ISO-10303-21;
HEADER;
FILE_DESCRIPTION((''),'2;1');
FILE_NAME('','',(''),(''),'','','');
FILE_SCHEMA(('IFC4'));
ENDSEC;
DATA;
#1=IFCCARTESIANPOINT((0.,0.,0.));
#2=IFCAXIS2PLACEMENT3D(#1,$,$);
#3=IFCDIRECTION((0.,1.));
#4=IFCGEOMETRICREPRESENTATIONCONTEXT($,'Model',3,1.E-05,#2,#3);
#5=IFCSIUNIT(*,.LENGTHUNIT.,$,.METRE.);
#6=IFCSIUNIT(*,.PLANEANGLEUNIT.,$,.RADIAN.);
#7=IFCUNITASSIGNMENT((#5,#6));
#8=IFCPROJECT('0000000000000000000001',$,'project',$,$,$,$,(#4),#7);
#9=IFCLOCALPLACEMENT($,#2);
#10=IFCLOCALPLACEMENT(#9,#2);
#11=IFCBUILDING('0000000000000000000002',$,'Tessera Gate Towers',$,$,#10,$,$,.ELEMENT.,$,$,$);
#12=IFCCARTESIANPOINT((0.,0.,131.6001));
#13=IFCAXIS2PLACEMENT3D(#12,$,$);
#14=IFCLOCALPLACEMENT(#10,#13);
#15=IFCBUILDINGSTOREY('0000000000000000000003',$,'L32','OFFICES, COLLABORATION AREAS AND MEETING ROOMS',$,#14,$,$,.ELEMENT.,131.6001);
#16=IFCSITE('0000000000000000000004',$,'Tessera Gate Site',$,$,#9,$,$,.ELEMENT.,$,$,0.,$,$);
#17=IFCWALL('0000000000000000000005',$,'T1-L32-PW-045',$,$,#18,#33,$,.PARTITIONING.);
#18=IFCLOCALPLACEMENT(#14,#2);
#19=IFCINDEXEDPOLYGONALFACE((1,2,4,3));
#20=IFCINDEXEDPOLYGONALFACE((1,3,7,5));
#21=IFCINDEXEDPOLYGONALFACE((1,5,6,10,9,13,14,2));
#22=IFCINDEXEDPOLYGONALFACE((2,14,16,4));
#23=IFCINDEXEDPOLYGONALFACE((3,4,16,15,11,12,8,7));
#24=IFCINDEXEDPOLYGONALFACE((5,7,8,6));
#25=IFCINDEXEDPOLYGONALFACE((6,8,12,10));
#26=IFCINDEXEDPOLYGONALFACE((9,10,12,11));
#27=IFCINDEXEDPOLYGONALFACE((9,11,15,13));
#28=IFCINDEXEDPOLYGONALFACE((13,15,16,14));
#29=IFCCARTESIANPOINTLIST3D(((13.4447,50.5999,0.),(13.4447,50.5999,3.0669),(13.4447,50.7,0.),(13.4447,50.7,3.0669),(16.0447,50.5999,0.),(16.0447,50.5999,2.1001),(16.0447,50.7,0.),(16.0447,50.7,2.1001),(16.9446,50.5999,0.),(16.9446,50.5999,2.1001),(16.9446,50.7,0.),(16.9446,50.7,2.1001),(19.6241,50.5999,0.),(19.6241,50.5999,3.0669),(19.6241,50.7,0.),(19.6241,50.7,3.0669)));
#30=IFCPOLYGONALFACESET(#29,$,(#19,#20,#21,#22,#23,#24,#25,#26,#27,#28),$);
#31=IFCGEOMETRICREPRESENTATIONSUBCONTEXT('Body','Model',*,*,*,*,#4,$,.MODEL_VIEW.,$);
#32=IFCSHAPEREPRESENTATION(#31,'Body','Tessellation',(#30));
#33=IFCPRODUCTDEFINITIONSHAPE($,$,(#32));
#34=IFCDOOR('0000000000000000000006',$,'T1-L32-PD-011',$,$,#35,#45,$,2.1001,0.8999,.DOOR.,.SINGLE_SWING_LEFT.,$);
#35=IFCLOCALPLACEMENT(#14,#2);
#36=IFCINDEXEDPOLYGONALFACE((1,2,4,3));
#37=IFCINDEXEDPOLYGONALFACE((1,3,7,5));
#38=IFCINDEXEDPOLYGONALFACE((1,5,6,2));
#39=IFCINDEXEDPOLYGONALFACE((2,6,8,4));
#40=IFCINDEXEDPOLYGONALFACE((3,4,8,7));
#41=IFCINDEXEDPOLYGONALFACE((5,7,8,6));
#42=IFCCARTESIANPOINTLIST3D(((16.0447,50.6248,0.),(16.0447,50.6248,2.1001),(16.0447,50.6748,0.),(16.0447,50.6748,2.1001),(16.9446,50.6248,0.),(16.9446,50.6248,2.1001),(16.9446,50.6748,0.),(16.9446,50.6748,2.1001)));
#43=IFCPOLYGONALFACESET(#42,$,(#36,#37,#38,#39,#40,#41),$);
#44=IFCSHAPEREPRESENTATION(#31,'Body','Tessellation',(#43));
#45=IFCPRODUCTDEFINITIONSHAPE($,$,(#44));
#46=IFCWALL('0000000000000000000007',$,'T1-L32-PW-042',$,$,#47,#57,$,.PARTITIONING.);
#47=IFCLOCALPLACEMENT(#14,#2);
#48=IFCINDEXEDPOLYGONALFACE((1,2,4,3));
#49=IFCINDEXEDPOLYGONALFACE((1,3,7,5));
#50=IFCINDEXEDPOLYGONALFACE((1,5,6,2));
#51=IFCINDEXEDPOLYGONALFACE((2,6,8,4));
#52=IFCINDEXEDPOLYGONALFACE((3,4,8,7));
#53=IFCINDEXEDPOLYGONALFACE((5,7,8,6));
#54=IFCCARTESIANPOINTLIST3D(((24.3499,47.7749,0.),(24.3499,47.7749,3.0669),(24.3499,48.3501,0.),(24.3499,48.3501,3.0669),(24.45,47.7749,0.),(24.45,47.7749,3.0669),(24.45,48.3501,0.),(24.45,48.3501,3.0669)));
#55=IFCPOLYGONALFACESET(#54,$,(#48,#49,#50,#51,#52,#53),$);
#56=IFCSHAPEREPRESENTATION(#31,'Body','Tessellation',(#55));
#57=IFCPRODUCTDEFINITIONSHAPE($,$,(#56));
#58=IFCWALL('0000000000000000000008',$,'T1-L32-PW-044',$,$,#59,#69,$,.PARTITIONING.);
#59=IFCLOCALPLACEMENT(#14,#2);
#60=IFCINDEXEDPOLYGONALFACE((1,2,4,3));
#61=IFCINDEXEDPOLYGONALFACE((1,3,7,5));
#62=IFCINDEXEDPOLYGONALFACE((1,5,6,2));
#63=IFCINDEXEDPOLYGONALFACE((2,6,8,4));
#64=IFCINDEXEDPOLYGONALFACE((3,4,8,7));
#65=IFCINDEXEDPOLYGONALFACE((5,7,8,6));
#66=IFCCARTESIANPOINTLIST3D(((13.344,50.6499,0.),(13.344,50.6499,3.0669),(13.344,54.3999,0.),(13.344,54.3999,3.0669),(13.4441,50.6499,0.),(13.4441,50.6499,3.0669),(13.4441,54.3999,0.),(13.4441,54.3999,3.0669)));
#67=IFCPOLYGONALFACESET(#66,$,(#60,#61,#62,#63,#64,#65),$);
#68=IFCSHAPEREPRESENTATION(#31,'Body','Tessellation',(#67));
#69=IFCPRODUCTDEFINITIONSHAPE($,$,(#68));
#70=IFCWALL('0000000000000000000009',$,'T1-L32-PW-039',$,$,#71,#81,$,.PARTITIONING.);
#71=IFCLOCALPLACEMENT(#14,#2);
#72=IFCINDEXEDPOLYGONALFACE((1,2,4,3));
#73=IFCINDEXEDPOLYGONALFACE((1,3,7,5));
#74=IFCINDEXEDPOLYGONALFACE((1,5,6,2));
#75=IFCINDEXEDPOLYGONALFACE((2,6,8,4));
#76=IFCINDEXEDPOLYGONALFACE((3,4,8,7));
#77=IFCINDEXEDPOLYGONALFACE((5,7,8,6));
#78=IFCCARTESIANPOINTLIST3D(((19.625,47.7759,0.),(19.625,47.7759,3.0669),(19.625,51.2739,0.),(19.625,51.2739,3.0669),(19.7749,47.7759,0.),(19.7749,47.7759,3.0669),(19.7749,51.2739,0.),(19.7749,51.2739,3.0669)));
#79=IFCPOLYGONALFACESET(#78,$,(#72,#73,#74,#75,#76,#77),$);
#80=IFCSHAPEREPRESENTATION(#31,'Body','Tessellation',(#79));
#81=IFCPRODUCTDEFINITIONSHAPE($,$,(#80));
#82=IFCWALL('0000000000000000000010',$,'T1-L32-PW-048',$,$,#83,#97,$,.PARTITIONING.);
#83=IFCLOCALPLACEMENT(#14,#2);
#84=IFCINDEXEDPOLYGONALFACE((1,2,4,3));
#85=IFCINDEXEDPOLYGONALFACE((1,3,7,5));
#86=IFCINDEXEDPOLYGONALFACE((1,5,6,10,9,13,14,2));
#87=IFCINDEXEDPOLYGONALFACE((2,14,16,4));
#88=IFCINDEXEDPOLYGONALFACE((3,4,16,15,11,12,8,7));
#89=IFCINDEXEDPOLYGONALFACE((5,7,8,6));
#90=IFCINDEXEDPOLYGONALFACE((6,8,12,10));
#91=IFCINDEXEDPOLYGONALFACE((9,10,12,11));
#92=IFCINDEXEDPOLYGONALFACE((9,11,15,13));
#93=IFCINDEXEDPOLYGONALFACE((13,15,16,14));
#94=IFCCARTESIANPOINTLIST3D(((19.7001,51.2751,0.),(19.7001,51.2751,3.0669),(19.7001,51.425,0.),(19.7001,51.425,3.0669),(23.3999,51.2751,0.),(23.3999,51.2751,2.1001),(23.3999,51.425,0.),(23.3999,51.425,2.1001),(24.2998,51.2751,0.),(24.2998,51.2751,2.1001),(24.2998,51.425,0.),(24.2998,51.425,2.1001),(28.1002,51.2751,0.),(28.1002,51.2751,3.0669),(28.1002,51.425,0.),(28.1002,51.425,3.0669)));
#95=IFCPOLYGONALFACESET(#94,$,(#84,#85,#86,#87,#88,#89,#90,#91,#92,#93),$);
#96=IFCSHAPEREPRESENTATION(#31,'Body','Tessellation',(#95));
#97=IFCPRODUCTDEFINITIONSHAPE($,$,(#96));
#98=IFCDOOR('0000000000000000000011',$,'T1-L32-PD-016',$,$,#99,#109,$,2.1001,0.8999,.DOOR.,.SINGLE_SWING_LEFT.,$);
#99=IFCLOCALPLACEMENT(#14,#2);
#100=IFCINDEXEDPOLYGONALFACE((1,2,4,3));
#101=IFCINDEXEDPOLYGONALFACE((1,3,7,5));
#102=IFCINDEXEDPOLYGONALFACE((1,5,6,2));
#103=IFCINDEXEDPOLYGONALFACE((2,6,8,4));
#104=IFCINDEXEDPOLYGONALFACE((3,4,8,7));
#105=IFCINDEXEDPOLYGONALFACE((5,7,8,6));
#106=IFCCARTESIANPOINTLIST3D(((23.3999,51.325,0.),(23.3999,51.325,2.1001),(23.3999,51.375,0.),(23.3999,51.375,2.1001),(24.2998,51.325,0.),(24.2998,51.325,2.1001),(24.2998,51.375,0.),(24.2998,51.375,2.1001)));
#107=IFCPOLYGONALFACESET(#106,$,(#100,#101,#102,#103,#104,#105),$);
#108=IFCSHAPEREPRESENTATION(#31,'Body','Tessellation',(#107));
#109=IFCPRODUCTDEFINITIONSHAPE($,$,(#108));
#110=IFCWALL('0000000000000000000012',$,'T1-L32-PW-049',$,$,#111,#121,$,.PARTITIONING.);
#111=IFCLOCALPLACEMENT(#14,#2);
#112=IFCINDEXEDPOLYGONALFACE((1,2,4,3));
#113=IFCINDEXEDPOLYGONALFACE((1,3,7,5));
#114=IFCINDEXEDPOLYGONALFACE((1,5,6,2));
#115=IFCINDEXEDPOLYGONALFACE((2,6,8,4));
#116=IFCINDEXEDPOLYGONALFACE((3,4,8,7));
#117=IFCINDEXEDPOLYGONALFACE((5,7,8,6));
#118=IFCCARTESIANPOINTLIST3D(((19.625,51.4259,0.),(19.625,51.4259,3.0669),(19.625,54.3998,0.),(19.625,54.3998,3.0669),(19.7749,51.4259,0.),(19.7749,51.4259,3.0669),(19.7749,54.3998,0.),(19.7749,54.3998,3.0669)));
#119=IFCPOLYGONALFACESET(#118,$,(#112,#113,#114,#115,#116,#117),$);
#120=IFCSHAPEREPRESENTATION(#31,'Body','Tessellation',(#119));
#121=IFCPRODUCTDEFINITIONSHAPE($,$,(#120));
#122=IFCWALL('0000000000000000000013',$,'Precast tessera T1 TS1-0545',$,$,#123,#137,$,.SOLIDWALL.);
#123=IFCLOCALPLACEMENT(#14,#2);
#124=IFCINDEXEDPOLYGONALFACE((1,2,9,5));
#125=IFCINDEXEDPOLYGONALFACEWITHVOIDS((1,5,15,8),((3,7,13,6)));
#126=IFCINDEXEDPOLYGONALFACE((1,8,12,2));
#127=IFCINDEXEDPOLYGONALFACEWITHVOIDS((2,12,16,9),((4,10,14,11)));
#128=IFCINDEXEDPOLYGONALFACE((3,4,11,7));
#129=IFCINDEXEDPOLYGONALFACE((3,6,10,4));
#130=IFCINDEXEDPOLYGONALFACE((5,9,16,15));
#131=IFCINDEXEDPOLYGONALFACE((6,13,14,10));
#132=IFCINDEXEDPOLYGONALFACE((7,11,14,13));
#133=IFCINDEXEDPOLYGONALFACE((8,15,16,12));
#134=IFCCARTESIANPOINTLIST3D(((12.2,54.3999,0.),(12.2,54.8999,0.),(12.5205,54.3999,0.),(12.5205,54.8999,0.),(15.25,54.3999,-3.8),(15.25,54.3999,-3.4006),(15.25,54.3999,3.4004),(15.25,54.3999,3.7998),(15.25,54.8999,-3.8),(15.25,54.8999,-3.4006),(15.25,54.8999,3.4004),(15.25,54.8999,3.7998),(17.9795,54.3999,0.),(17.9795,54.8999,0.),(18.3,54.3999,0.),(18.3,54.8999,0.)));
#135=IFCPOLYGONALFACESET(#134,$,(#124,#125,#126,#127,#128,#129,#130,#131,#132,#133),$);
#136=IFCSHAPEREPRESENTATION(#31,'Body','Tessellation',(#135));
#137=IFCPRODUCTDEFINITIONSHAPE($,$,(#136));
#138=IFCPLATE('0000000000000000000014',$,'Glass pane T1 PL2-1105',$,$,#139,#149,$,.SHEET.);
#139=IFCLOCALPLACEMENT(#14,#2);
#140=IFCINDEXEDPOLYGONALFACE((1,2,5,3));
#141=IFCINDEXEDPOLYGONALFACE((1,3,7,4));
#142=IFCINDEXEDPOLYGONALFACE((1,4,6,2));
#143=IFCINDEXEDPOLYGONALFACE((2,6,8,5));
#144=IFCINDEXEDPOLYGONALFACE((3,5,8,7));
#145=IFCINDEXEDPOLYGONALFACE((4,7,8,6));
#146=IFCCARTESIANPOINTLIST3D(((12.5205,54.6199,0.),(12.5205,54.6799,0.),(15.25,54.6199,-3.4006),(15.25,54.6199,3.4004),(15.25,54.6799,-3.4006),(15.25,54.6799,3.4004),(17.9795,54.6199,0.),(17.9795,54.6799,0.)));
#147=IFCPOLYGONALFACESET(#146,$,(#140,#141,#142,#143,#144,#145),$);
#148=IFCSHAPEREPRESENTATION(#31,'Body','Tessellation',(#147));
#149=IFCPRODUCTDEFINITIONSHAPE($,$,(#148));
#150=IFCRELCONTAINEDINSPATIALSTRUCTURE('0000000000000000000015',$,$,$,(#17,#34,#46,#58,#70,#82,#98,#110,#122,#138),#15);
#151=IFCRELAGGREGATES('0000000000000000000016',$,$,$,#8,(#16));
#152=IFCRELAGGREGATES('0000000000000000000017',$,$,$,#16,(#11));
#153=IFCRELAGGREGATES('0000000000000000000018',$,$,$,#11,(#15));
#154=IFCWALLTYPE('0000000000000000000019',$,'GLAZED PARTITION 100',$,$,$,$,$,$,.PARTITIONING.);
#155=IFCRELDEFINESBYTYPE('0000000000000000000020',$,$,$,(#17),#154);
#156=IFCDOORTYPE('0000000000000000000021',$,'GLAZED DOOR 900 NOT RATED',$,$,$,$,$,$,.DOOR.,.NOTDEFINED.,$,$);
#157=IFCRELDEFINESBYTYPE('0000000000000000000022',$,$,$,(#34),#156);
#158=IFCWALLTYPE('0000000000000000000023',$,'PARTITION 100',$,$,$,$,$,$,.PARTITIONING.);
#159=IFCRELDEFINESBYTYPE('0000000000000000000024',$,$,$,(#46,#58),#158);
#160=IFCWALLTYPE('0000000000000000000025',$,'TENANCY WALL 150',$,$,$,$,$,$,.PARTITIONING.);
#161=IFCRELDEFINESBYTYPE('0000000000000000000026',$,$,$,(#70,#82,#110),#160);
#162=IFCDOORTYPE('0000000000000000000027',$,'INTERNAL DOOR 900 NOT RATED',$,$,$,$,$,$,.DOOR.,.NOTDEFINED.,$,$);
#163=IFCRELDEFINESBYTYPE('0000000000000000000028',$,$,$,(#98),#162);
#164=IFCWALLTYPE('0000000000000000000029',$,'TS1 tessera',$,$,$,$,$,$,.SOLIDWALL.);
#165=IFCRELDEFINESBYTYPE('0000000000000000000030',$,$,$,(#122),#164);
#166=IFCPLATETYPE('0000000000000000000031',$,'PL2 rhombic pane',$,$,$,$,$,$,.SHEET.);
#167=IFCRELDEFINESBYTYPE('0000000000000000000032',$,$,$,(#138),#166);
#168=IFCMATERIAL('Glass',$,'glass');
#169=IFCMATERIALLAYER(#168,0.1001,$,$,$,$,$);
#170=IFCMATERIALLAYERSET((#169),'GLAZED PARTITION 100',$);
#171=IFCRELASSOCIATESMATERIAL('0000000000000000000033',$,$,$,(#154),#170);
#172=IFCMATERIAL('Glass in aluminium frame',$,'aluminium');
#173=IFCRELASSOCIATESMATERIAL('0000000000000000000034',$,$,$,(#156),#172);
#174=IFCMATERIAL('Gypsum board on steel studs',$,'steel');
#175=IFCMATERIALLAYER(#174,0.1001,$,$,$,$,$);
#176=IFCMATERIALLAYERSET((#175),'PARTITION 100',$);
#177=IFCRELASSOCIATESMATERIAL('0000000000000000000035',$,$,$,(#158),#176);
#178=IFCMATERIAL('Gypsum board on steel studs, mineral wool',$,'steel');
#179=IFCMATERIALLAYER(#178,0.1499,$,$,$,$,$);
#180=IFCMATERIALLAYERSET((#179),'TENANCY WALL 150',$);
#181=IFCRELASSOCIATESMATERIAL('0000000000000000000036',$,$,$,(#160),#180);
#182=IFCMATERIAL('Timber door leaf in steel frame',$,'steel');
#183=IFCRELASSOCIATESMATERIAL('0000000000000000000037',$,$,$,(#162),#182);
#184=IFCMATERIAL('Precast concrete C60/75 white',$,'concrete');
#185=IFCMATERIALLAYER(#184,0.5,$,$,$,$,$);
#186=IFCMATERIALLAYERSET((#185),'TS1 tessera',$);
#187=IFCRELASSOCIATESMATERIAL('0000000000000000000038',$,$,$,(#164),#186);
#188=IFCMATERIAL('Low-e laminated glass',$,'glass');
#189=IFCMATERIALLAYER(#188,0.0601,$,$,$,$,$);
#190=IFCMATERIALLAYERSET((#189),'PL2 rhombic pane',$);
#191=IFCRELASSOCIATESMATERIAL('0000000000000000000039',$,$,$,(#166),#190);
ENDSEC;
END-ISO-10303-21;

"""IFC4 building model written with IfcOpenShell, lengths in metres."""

from ifc_helpers import new_model, si_unit, direction, frame, frame_2d, origin, place, context, subcontext, project, spatial, polyline, rectangle, outline, extrude, source, transform, mapped, material, layer, layer_set, type_object, element, fill, save


model = new_model("IFC4")

# Units and contexts
model_context = context("Model", 3, precision=1e-05, world=origin(), true_north=direction((0.0, 1.0)))
body_context = subcontext(model_context, "Body", "Model", "MODEL_VIEW")
ifc_project = project(units=[si_unit("LENGTHUNIT", "METRE"), si_unit("PLANEANGLEUNIT", "RADIAN")], contexts=[model_context])

# Site, building, storey
site_placement = place(None, origin())
site = spatial("IfcSite", under=ifc_project, at=site_placement, Name="Tessera Gate Site", CompositionType="ELEMENT", RefElevation=0.0)
building_placement = place(site_placement, origin())
building = spatial("IfcBuilding", under=site, at=building_placement, Name="Tessera Gate Towers", CompositionType="ELEMENT")
storey_placement = place(building_placement, frame((0.0, 0.0, 131.6001)))
storey = spatial("IfcBuildingStorey", under=building, at=storey_placement, Name="L32", Description="OFFICES, COLLABORATION AREAS AND MEETING ROOMS", CompositionType="ELEMENT", Elevation=131.6001)

# Wall, opening, door
ifc_material_1 = material(Name="Glass", Category="glass")
ifc_layer_1 = layer(ifc_material_1, 0.1001)
ifc_layer_set_1 = layer_set([ifc_layer_1], Name="GLAZED PARTITION 100")
wall_type_1 = type_object("IfcWallType", Name="GLAZED PARTITION 100", PredefinedType="PARTITIONING", material=ifc_layer_set_1)
shared_shape_1 = source(origin(), body_context, "Body", "SweptSolid", [
    extrude(rectangle(XDim=0.8999, YDim=2.1001, at=frame_2d((0.45, 1.05))), frame((0.0, 0.0601, 0.0), z_axis=(0.0, -1.0, 0.0), x_axis=(1.0, 0.0, 0.0)), (0.0, 0.0, 1.0), 0.1201),
])
ifc_material_2 = material(Name="Glass in aluminium frame", Category="aluminium")
door_type_1 = type_object("IfcDoorType", Name="GLAZED DOOR 900 NOT RATED", OperationType="NOTDEFINED", PredefinedType="DOOR", material=ifc_material_2)
shared_shape_2 = source(origin(), body_context, "Body", "SweptSolid", [
    extrude(rectangle(XDim=0.8999, YDim=2.1001, at=frame_2d((0.45, 1.05))), frame((0.0, 0.0249, 0.0), z_axis=(0.0, -1.0, 0.0), x_axis=(1.0, 0.0, 0.0)), (0.0, 0.0, 1.0), 0.05),
])
wall_1_placement = place(storey_placement, frame((13.4446, 50.6499, 0.0), z_axis=(0.0, 0.0, 1.0), x_axis=(1.0, 0.0, 0.0)))
wall_1 = element("IfcWall", 1, at=wall_1_placement, inside=storey, type_object=wall_type_1, Name="T1-L32-PW-045", PredefinedType="PARTITIONING", context=body_context, shape_type="SweptSolid", body=[
    extrude(rectangle(XDim=6.1794, YDim=0.1001, at=frame_2d((3.0898, 0.0))), origin(), (0.0, 0.0, 1.0), 3.0669),
])
opening_1_placement = place(wall_1_placement, frame((2.6001, 0.0, 0.0)))
opening_1 = element("IfcOpeningElement", 2, at=opening_1_placement, cuts=wall_1, PredefinedType="OPENING", context=body_context, shape_type="MappedRepresentation", body=[
    mapped(shared_shape_1, transform((0.0, 0.0, 0.0), scale=1.0)),
])
door_1_placement = place(opening_1_placement, origin())
door_1 = element("IfcDoor", 3, at=door_1_placement, inside=storey, type_object=door_type_1, Name="T1-L32-PD-011", OperationType="SINGLE_SWING_LEFT", OverallHeight=2.1001, OverallWidth=0.8999, PredefinedType="DOOR", context=body_context, shape_type="MappedRepresentation", body=[
    mapped(shared_shape_2, transform((0.0, 0.0, 0.0), scale=1.0)),
])
fill(opening_1, door_1)

# Walls
ifc_material_3 = material(Name="Gypsum board on steel studs", Category="steel")
ifc_layer_2 = layer(ifc_material_3, 0.1001)
ifc_layer_set_2 = layer_set([ifc_layer_2], Name="PARTITION 100")
wall_type_2 = type_object("IfcWallType", Name="PARTITION 100", PredefinedType="PARTITIONING", material=ifc_layer_set_2)
wall_2_placement = place(storey_placement, frame((24.3999, 48.3501, 0.0), z_axis=(0.0, 0.0, 1.0), x_axis=(0.0, -1.0, 0.0)))
element("IfcWall", 4, at=wall_2_placement, inside=storey, type_object=wall_type_2, Name="T1-L32-PW-042", PredefinedType="PARTITIONING", context=body_context, shape_type="SweptSolid", body=[
    extrude(rectangle(XDim=0.5752, YDim=0.1001, at=frame_2d((0.2876, 0.0))), origin(), (0.0, 0.0, 1.0), 3.0669),
])
wall_3_placement = place(storey_placement, frame((13.394, 50.6499, 0.0), z_axis=(0.0, 0.0, 1.0), x_axis=(0.0, 1.0, 0.0)))
element("IfcWall", 5, at=wall_3_placement, inside=storey, type_object=wall_type_2, Name="T1-L32-PW-044", PredefinedType="PARTITIONING", context=body_context, shape_type="SweptSolid", body=[
    extrude(rectangle(XDim=3.75, YDim=0.1001, at=frame_2d((1.875, 0.0))), origin(), (0.0, 0.0, 1.0), 3.0669),
])
ifc_material_4 = material(Name="Gypsum board on steel studs, mineral wool", Category="steel")
ifc_layer_3 = layer(ifc_material_4, 0.1499)
ifc_layer_set_3 = layer_set([ifc_layer_3], Name="TENANCY WALL 150")
wall_type_3 = type_object("IfcWallType", Name="TENANCY WALL 150", PredefinedType="PARTITIONING", material=ifc_layer_set_3)
wall_4_placement = place(storey_placement, frame((19.7, 47.7759, 0.0), z_axis=(0.0, 0.0, 1.0), x_axis=(0.0, 1.0, 0.0)))
element("IfcWall", 6, at=wall_4_placement, inside=storey, type_object=wall_type_3, Name="T1-L32-PW-039", PredefinedType="PARTITIONING", context=body_context, shape_type="SweptSolid", body=[
    extrude(rectangle(XDim=3.498, YDim=0.1499, at=frame_2d((1.749, 0.0))), origin(), (0.0, 0.0, 1.0), 3.0669),
])

# Wall, opening, door
wall_5_placement = place(storey_placement, frame((19.7, 51.3501, 0.0), z_axis=(0.0, 0.0, 1.0), x_axis=(1.0, 0.0, 0.0)))
wall_5 = element("IfcWall", 7, at=wall_5_placement, inside=storey, type_object=wall_type_3, Name="T1-L32-PW-048", PredefinedType="PARTITIONING", context=body_context, shape_type="SweptSolid", body=[
    extrude(rectangle(XDim=8.4001, YDim=0.1499, at=frame_2d((4.2002, 0.0))), origin(), (0.0, 0.0, 1.0), 3.0669),
])
shared_shape_3 = source(origin(), body_context, "Body", "SweptSolid", [
    extrude(rectangle(XDim=0.8999, YDim=2.1001, at=frame_2d((0.45, 1.05))), frame((0.0, 0.085, 0.0), z_axis=(0.0, -1.0, 0.0), x_axis=(1.0, 0.0, 0.0)), (0.0, 0.0, 1.0), 0.1699),
])
opening_2_placement = place(wall_5_placement, frame((3.7, 0.0, 0.0)))
opening_2 = element("IfcOpeningElement", 8, at=opening_2_placement, cuts=wall_5, PredefinedType="OPENING", context=body_context, shape_type="MappedRepresentation", body=[
    mapped(shared_shape_3, transform((0.0, 0.0, 0.0), scale=1.0)),
])
ifc_material_5 = material(Name="Timber door leaf in steel frame", Category="steel")
door_type_2 = type_object("IfcDoorType", Name="INTERNAL DOOR 900 NOT RATED", OperationType="NOTDEFINED", PredefinedType="DOOR", material=ifc_material_5)
door_2_placement = place(opening_2_placement, origin())
door_2 = element("IfcDoor", 9, at=door_2_placement, inside=storey, type_object=door_type_2, Name="T1-L32-PD-016", OperationType="SINGLE_SWING_LEFT", OverallHeight=2.1001, OverallWidth=0.8999, PredefinedType="DOOR", context=body_context, shape_type="MappedRepresentation", body=[
    mapped(shared_shape_2, transform((0.0, 0.0, 0.0), scale=1.0)),
])
fill(opening_2, door_2)

# Wall
wall_6_placement = place(storey_placement, frame((19.7, 51.426, 0.0), z_axis=(0.0, 0.0, 1.0), x_axis=(0.0, 1.0, 0.0)))
element("IfcWall", 10, at=wall_6_placement, inside=storey, type_object=wall_type_3, Name="T1-L32-PW-049", PredefinedType="PARTITIONING", context=body_context, shape_type="SweptSolid", body=[
    extrude(rectangle(XDim=2.9739, YDim=0.1499, at=frame_2d((1.4868, 0.0))), origin(), (0.0, 0.0, 1.0), 3.0669),
])

# Wall, opening, plate
ifc_material_6 = material(Name="Precast concrete C60/75 white", Category="concrete")
ifc_layer_4 = layer(ifc_material_6, 0.5)
ifc_layer_set_4 = layer_set([ifc_layer_4], Name="TS1 tessera")
wall_type_4 = type_object("IfcWallType", Name="TS1 tessera", PredefinedType="SOLIDWALL", material=ifc_layer_set_4)
shared_shape_4 = source(origin(), body_context, "Body", "SweptSolid", [
    extrude(outline(polyline([(3.05, 0.0), (6.1001, 3.8), (3.05, 7.5999), (0.0, 3.8), (3.05, 0.0)])), frame((0.0, 0.25, 0.0), z_axis=(0.0, -1.0, 0.0), x_axis=(1.0, 0.0, 0.0)), (0.0, 0.0, 1.0), 0.5),
])
wall_7_placement = place(storey_placement, frame((18.3, 54.6499, -3.8), z_axis=(0.0, 0.0, 1.0), x_axis=(-1.0, 0.0, 0.0)))
wall_7 = element("IfcWall", 11, at=wall_7_placement, inside=storey, type_object=wall_type_4, Name="Precast tessera T1 TS1-0545", PredefinedType="SOLIDWALL", context=body_context, shape_type="MappedRepresentation", body=[
    mapped(shared_shape_4, transform((0.0, 0.0, 0.0), scale=1.0)),
])
shared_shape_5 = source(origin(), body_context, "Body", "SweptSolid", [
    extrude(outline(polyline([(3.05, 0.3994), (5.7795, 3.8), (3.05, 7.2004), (0.3206, 3.8), (3.05, 0.3994)])), frame((0.0, 0.26, 0.0), z_axis=(0.0, -1.0, 0.0), x_axis=(1.0, 0.0, 0.0)), (0.0, 0.0, 1.0), 0.52),
])
opening_3_placement = place(wall_7_placement, origin())
opening_3 = element("IfcOpeningElement", 12, at=opening_3_placement, cuts=wall_7, PredefinedType="OPENING", context=body_context, shape_type="MappedRepresentation", body=[
    mapped(shared_shape_5, transform((0.0, 0.0, 0.0), scale=1.0)),
])
ifc_material_7 = material(Name="Low-e laminated glass", Category="glass")
ifc_layer_5 = layer(ifc_material_7, 0.0601)
ifc_layer_set_5 = layer_set([ifc_layer_5], Name="PL2 rhombic pane")
plate_type = type_object("IfcPlateType", Name="PL2 rhombic pane", PredefinedType="SHEET", material=ifc_layer_set_5)
shared_shape_6 = source(origin(), body_context, "Body", "SweptSolid", [
    extrude(outline(polyline([(3.05, 0.3994), (5.7795, 3.8), (3.05, 7.2004), (0.3206, 3.8), (3.05, 0.3994)])), frame((0.0, 0.03, 0.0), z_axis=(0.0, -1.0, 0.0), x_axis=(1.0, 0.0, 0.0)), (0.0, 0.0, 1.0), 0.0601),
])
plate_placement = place(opening_3_placement, origin())
plate = element("IfcPlate", 13, at=plate_placement, inside=storey, type_object=plate_type, Name="Glass pane T1 PL2-1105", PredefinedType="SHEET", context=body_context, shape_type="MappedRepresentation", body=[
    mapped(shared_shape_6, transform((0.0, 0.0, 0.0), scale=1.0)),
])
fill(opening_3, plate)

save(model, "model.ifc")
